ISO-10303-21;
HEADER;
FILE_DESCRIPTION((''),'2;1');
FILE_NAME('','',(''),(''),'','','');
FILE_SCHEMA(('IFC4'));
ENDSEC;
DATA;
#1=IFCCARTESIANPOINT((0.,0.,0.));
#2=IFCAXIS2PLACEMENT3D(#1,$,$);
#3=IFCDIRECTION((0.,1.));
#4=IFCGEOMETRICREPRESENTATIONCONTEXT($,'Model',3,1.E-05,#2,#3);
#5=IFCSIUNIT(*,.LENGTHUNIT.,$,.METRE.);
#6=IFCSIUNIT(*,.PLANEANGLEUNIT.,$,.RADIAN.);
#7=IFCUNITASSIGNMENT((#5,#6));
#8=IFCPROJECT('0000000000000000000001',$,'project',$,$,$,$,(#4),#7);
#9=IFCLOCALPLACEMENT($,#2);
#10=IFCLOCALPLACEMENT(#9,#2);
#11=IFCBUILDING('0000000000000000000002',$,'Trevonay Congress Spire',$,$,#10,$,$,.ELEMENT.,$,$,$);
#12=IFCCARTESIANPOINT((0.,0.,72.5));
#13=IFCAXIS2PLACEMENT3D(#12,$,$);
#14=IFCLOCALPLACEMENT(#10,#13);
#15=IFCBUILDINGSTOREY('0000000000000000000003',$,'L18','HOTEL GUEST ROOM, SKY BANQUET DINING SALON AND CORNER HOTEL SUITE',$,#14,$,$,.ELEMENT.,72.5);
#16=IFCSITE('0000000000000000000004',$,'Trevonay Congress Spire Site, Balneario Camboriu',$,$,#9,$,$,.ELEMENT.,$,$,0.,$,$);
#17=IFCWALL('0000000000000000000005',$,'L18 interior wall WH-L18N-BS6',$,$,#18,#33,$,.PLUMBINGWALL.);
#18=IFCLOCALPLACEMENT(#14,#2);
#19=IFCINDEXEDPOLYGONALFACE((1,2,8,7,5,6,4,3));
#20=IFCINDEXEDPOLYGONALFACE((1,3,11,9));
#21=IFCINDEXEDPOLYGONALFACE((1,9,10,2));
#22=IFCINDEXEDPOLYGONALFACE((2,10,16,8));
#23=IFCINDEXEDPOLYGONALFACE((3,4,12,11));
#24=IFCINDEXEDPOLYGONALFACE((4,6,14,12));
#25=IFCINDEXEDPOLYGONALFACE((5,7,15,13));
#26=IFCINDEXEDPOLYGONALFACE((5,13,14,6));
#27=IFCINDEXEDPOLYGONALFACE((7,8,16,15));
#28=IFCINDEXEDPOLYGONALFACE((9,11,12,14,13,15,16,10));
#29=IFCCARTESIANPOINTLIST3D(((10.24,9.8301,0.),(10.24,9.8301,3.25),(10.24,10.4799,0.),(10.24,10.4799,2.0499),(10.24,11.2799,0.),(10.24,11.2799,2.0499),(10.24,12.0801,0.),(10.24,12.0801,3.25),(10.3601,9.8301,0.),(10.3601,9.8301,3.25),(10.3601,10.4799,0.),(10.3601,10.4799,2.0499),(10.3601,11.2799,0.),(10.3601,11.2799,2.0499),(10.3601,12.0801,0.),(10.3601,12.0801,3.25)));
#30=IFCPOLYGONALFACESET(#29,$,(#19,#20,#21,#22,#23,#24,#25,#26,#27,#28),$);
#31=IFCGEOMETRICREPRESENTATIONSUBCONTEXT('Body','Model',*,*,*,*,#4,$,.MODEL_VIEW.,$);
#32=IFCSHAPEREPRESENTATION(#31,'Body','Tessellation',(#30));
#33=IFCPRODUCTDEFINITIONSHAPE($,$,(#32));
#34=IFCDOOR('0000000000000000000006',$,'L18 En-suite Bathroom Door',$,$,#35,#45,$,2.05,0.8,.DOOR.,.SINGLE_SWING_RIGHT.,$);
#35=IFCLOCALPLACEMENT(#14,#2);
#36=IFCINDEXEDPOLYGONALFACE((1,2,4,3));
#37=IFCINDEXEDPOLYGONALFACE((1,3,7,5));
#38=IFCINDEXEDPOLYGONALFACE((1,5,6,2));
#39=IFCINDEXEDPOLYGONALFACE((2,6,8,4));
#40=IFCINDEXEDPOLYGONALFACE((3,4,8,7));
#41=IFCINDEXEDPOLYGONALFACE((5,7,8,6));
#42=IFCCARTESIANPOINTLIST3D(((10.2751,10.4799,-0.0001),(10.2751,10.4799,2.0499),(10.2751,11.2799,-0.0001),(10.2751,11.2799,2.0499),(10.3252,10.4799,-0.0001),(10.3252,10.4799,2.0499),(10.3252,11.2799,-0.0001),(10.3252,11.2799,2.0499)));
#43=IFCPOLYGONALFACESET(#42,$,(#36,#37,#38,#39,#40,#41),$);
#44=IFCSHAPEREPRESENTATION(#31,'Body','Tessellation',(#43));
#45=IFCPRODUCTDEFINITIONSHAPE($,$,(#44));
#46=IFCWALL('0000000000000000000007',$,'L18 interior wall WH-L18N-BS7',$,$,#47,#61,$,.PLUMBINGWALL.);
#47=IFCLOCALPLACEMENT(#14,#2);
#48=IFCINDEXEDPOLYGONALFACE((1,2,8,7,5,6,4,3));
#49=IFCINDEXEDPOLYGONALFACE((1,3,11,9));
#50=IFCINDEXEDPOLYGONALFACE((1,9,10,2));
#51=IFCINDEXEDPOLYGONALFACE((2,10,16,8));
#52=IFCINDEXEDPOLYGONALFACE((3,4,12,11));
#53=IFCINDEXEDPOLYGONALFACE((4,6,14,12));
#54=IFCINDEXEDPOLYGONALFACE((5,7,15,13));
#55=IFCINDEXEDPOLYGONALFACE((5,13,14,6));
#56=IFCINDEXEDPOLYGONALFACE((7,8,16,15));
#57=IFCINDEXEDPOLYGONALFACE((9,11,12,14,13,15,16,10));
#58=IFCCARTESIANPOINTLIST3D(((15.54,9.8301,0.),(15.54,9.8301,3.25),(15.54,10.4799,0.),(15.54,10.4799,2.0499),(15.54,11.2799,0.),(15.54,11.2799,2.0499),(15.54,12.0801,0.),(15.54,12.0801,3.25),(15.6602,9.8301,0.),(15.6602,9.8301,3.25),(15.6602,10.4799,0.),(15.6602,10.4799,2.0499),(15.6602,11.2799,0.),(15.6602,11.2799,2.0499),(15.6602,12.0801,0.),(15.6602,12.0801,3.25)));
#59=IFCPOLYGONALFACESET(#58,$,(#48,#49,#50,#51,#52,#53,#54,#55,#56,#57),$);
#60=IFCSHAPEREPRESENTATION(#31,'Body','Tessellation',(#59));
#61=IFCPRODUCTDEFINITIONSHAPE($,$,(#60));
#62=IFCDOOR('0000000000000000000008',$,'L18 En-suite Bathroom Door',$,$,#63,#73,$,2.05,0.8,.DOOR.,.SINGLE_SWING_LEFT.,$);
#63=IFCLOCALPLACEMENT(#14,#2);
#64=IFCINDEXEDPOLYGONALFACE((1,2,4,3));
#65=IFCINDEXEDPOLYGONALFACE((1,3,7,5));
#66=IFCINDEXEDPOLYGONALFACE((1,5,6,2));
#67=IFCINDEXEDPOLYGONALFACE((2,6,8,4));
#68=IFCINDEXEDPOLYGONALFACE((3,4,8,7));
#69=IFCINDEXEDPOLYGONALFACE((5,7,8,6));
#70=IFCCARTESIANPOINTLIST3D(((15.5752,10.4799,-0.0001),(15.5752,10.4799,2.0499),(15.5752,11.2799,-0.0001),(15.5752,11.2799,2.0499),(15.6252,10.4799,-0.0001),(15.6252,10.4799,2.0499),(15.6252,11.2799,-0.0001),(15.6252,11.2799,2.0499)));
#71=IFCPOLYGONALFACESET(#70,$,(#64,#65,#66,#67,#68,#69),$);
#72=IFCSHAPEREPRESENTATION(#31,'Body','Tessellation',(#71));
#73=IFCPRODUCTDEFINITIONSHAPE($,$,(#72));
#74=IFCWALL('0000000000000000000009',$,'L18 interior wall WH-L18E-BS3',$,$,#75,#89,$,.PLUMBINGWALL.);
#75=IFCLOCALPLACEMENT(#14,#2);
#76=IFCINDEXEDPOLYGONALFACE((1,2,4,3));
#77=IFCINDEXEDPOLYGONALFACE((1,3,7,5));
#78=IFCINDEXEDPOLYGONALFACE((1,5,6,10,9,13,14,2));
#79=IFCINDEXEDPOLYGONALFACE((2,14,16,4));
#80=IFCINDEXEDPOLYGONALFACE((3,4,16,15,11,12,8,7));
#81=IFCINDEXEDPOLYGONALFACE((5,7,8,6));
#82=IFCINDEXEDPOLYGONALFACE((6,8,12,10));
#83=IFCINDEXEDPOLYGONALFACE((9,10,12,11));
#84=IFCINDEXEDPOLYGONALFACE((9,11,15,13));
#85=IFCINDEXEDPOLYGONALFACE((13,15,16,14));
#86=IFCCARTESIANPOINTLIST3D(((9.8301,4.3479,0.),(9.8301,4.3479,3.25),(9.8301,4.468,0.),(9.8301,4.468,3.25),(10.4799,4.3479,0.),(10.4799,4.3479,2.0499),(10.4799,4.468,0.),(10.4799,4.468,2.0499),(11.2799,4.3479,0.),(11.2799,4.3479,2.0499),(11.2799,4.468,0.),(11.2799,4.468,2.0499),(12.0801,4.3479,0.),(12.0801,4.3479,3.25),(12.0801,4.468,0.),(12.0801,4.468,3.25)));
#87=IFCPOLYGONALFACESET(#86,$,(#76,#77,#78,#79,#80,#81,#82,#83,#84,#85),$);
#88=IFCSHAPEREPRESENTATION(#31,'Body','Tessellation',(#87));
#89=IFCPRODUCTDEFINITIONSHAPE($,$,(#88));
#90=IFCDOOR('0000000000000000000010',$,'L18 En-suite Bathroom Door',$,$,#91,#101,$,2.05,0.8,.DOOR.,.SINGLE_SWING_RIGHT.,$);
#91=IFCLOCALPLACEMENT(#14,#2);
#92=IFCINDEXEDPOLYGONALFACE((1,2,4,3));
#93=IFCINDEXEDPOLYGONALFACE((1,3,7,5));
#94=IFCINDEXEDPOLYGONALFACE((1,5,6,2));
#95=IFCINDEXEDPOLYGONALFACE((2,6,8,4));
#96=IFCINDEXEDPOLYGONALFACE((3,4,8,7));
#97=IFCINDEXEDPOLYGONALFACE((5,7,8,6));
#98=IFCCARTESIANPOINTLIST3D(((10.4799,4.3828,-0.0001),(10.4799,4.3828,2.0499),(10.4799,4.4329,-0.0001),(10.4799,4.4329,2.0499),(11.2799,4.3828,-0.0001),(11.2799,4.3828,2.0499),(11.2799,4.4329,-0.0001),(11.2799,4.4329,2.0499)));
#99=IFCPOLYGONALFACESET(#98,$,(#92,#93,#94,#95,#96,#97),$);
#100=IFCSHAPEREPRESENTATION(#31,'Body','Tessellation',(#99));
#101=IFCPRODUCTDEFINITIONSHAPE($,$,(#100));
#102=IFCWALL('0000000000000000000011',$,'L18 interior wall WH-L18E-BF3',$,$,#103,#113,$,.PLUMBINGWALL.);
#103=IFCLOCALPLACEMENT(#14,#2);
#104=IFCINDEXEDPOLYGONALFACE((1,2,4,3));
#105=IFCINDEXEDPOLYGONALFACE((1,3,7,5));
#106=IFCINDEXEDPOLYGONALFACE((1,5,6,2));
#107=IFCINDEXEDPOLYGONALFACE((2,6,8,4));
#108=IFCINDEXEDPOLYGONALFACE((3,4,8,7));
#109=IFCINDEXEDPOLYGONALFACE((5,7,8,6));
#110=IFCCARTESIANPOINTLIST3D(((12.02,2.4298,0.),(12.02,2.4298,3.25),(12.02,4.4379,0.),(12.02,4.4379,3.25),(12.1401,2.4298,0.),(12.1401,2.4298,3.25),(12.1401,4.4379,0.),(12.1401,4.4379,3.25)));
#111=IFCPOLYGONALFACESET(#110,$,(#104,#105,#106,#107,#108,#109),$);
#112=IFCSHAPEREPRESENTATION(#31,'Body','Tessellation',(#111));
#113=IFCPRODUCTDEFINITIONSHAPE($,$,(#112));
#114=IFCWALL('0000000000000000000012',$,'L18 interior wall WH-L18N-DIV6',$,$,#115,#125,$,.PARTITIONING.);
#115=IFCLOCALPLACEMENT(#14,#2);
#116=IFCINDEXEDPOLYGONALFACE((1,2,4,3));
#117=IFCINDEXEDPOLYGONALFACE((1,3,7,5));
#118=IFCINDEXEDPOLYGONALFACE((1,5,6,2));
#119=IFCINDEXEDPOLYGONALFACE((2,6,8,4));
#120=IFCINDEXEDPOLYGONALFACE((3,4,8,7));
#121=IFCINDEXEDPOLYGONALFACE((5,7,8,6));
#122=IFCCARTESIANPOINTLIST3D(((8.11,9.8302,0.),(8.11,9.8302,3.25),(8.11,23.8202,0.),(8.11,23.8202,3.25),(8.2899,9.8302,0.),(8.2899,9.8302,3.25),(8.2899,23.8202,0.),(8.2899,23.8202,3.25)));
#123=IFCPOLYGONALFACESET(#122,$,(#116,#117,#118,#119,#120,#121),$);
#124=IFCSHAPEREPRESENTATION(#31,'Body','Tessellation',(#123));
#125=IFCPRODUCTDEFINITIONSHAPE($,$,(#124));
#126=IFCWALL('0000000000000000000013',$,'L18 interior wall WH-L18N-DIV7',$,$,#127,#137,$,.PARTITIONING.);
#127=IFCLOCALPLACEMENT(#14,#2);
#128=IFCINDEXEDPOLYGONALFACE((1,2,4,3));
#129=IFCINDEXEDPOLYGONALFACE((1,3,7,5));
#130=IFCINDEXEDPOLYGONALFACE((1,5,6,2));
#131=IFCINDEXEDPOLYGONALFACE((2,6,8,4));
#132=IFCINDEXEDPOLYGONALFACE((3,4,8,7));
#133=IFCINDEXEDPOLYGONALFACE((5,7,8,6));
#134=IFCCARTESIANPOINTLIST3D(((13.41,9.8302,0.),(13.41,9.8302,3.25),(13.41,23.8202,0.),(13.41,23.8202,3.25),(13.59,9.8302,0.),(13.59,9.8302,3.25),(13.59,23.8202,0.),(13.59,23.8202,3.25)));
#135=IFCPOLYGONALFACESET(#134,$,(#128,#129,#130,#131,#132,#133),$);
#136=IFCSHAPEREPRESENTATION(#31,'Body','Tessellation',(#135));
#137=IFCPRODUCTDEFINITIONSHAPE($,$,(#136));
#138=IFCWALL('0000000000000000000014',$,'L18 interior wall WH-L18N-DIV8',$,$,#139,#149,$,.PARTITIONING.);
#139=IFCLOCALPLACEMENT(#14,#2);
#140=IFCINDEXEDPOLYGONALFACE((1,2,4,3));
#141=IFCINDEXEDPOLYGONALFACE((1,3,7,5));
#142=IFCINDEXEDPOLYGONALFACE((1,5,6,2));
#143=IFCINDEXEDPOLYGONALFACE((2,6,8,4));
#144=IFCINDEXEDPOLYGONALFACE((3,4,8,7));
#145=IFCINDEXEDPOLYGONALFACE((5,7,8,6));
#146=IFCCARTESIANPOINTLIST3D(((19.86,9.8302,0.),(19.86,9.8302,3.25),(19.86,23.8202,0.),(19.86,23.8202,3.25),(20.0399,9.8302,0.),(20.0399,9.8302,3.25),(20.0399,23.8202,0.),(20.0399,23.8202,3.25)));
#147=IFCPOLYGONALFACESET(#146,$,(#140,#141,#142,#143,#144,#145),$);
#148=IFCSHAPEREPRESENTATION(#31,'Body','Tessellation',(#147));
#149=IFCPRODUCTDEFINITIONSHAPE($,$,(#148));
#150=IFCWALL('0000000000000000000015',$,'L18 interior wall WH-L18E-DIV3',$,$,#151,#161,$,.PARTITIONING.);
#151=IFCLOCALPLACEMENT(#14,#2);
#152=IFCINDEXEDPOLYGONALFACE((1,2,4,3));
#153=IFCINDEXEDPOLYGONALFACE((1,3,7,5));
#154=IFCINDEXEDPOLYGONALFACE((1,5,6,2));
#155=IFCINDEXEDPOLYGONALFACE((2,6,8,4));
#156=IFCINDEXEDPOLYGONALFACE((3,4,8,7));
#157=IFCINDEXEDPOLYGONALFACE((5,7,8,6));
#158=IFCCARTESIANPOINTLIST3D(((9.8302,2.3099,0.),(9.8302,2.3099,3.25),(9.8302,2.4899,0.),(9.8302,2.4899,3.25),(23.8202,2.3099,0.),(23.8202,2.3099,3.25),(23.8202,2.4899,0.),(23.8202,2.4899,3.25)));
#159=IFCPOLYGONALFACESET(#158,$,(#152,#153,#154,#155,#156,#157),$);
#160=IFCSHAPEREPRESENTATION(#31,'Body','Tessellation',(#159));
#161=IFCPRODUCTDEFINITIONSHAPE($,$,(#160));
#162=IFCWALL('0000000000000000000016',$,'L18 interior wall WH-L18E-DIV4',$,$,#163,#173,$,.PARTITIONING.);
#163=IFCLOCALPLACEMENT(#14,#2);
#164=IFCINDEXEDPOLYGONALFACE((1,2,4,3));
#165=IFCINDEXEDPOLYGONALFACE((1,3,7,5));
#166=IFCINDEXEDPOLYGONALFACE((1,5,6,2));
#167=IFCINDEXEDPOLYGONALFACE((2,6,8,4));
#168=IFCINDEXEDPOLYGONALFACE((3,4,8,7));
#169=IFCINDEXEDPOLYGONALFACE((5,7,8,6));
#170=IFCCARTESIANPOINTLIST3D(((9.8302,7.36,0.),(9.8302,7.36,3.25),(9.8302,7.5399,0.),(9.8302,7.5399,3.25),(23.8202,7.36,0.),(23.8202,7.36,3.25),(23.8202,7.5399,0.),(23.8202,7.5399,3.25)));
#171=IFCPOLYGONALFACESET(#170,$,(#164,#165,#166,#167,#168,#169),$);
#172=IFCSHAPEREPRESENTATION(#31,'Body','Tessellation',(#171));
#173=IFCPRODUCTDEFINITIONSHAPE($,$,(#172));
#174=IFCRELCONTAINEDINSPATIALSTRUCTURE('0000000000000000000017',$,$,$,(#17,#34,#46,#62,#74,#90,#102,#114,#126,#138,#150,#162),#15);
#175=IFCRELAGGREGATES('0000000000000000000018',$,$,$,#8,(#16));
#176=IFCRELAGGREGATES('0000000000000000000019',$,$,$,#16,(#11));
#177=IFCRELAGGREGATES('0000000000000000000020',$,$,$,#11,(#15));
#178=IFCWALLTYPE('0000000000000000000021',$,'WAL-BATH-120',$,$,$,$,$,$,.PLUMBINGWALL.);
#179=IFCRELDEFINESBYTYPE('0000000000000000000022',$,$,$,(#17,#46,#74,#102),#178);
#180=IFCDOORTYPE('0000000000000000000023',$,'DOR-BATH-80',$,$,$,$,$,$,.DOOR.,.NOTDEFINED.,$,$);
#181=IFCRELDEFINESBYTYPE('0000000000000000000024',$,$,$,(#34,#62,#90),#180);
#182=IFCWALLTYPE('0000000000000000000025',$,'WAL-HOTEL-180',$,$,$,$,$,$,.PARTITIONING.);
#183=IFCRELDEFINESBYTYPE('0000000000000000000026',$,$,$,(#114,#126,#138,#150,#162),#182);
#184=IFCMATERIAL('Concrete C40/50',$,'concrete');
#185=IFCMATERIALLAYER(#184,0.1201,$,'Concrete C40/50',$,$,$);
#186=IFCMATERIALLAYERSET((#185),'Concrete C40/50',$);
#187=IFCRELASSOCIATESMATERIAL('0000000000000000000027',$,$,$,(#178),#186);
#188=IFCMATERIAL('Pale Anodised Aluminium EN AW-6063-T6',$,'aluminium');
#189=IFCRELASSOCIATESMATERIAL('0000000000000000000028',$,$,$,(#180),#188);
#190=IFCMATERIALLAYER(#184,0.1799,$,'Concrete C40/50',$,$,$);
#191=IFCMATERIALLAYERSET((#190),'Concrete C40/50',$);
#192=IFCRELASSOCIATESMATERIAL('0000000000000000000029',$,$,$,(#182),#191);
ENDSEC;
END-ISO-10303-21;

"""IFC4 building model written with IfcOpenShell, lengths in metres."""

from ifc_helpers import new_model, si_unit, direction, frame, frame_2d, origin, place, context, subcontext, project, spatial, rectangle, extrude, material, layer, layer_set, type_object, element, fill, save


model = new_model("IFC4")

# Units and contexts
model_context = context("Model", 3, precision=1e-05, world=origin(), true_north=direction((0.0, 1.0)))
body_context = subcontext(model_context, "Body", "Model", "MODEL_VIEW")
ifc_project = project(units=[si_unit("LENGTHUNIT", "METRE"), si_unit("PLANEANGLEUNIT", "RADIAN")], contexts=[model_context])

# Site, building, storey
site_placement = place(None, origin())
site = spatial("IfcSite", under=ifc_project, at=site_placement, Name="Trevonay Congress Spire Site, Balneario Camboriu", CompositionType="ELEMENT", RefElevation=0.0)
building_placement = place(site_placement, origin())
building = spatial("IfcBuilding", under=site, at=building_placement, Name="Trevonay Congress Spire", CompositionType="ELEMENT")
storey_placement = place(building_placement, frame((0.0, 0.0, 72.5)))
storey = spatial("IfcBuildingStorey", under=building, at=storey_placement, Name="L18", Description="HOTEL GUEST ROOM, SKY BANQUET DINING SALON AND CORNER HOTEL SUITE", CompositionType="ELEMENT", Elevation=72.5)

# Shared definitions
ifc_material_1 = material(Name="Pale Anodised Aluminium EN AW-6063-T6", Category="aluminium")

# Walls, openings, doors
ifc_material_2 = material(Name="Concrete C40/50", Category="concrete")
ifc_layer_1 = layer(ifc_material_2, 0.1201, Name="Concrete C40/50")
ifc_layer_set_1 = layer_set([ifc_layer_1], Name="Concrete C40/50")
wall_type_1 = type_object("IfcWallType", Name="WAL-BATH-120", PredefinedType="PLUMBINGWALL", material=ifc_layer_set_1)
wall_1_placement = place(storey_placement, frame((10.3, 9.8301, 0.0), z_axis=(0.0, 0.0, 1.0), x_axis=(0.0, 1.0, 0.0)))
wall_1 = element("IfcWall", 1, at=wall_1_placement, inside=storey, type_object=wall_type_1, Name="L18 interior wall WH-L18N-BS6", PredefinedType="PLUMBINGWALL", context=body_context, shape_type="SweptSolid", body=[
    extrude(rectangle(XDim=2.25, YDim=0.1201, at=frame_2d((1.125, 0.0))), origin(), (0.0, 0.0, 1.0), 3.25),
])
opening_1_placement = place(wall_1_placement, frame((0.6499, 0.0, 0.0)))
opening_1 = element("IfcOpeningElement", 2, at=opening_1_placement, cuts=wall_1, PredefinedType="OPENING", context=body_context, shape_type="SweptSolid", body=[
    extrude(rectangle(XDim=0.8, YDim=2.05, at=frame_2d((0.3999, 1.0249))), frame((0.0, 0.0701, 0.0), z_axis=(0.0, -1.0, 0.0), x_axis=(1.0, 0.0, 0.0)), (0.0, 0.0, 1.0), 0.1401),
])
door_type = type_object("IfcDoorType", Name="DOR-BATH-80", OperationType="NOTDEFINED", PredefinedType="DOOR", material=ifc_material_1)
door_1_placement = place(opening_1_placement, origin())
door_1 = element("IfcDoor", 3, at=door_1_placement, inside=storey, type_object=door_type, Name="L18 En-suite Bathroom Door", OperationType="SINGLE_SWING_RIGHT", OverallHeight=2.05, OverallWidth=0.8, PredefinedType="DOOR", context=body_context, shape_type="SweptSolid", body=[
    extrude(rectangle(XDim=0.8, YDim=2.05, at=frame_2d((0.3999, 1.0249))), frame((0.0, 0.0249, 0.0), z_axis=(0.0, -1.0, 0.0), x_axis=(1.0, 0.0, 0.0)), (0.0, 0.0, 1.0), 0.05),
])
fill(opening_1, door_1)
wall_2_placement = place(storey_placement, frame((15.6001, 9.8301, 0.0), z_axis=(0.0, 0.0, 1.0), x_axis=(0.0, 1.0, 0.0)))
wall_2 = element("IfcWall", 4, at=wall_2_placement, inside=storey, type_object=wall_type_1, Name="L18 interior wall WH-L18N-BS7", PredefinedType="PLUMBINGWALL", context=body_context, shape_type="SweptSolid", body=[
    extrude(rectangle(XDim=2.25, YDim=0.1201, at=frame_2d((1.125, 0.0))), origin(), (0.0, 0.0, 1.0), 3.25),
])
opening_2_placement = place(wall_2_placement, frame((0.6499, 0.0, 0.0)))
opening_2 = element("IfcOpeningElement", 5, at=opening_2_placement, cuts=wall_2, PredefinedType="OPENING", context=body_context, shape_type="SweptSolid", body=[
    extrude(rectangle(XDim=0.8, YDim=2.05, at=frame_2d((0.3999, 1.0249))), frame((0.0, 0.0701, 0.0), z_axis=(0.0, -1.0, 0.0), x_axis=(1.0, 0.0, 0.0)), (0.0, 0.0, 1.0), 0.1401),
])
door_2_placement = place(opening_2_placement, origin())
door_2 = element("IfcDoor", 6, at=door_2_placement, inside=storey, type_object=door_type, Name="L18 En-suite Bathroom Door", OperationType="SINGLE_SWING_LEFT", OverallHeight=2.05, OverallWidth=0.8, PredefinedType="DOOR", context=body_context, shape_type="SweptSolid", body=[
    extrude(rectangle(XDim=0.8, YDim=2.05, at=frame_2d((0.3999, 1.0249))), frame((0.0, 0.0249, 0.0), z_axis=(0.0, -1.0, 0.0), x_axis=(1.0, 0.0, 0.0)), (0.0, 0.0, 1.0), 0.05),
])
fill(opening_2, door_2)
wall_3_placement = place(storey_placement, frame((9.8301, 4.408, 0.0), z_axis=(0.0, 0.0, 1.0), x_axis=(1.0, 0.0, 0.0)))
wall_3 = element("IfcWall", 7, at=wall_3_placement, inside=storey, type_object=wall_type_1, Name="L18 interior wall WH-L18E-BS3", PredefinedType="PLUMBINGWALL", context=body_context, shape_type="SweptSolid", body=[
    extrude(rectangle(XDim=2.25, YDim=0.1201, at=frame_2d((1.125, 0.0))), origin(), (0.0, 0.0, 1.0), 3.25),
])
opening_3_placement = place(wall_3_placement, frame((0.6499, 0.0, 0.0)))
opening_3 = element("IfcOpeningElement", 8, at=opening_3_placement, cuts=wall_3, PredefinedType="OPENING", context=body_context, shape_type="SweptSolid", body=[
    extrude(rectangle(XDim=0.8, YDim=2.05, at=frame_2d((0.3999, 1.0249))), frame((0.0, 0.0701, 0.0), z_axis=(0.0, -1.0, 0.0), x_axis=(1.0, 0.0, 0.0)), (0.0, 0.0, 1.0), 0.1401),
])
door_3_placement = place(opening_3_placement, origin())
door_3 = element("IfcDoor", 9, at=door_3_placement, inside=storey, type_object=door_type, Name="L18 En-suite Bathroom Door", OperationType="SINGLE_SWING_RIGHT", OverallHeight=2.05, OverallWidth=0.8, PredefinedType="DOOR", context=body_context, shape_type="SweptSolid", body=[
    extrude(rectangle(XDim=0.8, YDim=2.05, at=frame_2d((0.3999, 1.0249))), frame((0.0, 0.0249, 0.0), z_axis=(0.0, -1.0, 0.0), x_axis=(1.0, 0.0, 0.0)), (0.0, 0.0, 1.0), 0.05),
])
fill(opening_3, door_3)

# Walls
wall_4_placement = place(storey_placement, frame((12.0801, 2.4299, 0.0), z_axis=(0.0, 0.0, 1.0), x_axis=(0.0, 1.0, 0.0)))
element("IfcWall", 10, at=wall_4_placement, inside=storey, type_object=wall_type_1, Name="L18 interior wall WH-L18E-BF3", PredefinedType="PLUMBINGWALL", context=body_context, shape_type="SweptSolid", body=[
    extrude(rectangle(XDim=2.0081, YDim=0.1201, at=frame_2d((1.0039, 0.0))), origin(), (0.0, 0.0, 1.0), 3.25),
])
ifc_layer_2 = layer(ifc_material_2, 0.1799, Name="Concrete C40/50")
ifc_layer_set_2 = layer_set([ifc_layer_2], Name="Concrete C40/50")
wall_type_2 = type_object("IfcWallType", Name="WAL-HOTEL-180", PredefinedType="PARTITIONING", material=ifc_layer_set_2)
for number, where, z_axis, x_axis, name in (
    (11, (8.2, 9.8301, 0.0), (0.0, 0.0, 1.0), (0.0, 1.0, 0.0), "L18 interior wall WH-L18N-DIV6"),
    (12, (13.5, 9.8301, 0.0), (0.0, 0.0, 1.0), (0.0, 1.0, 0.0), "L18 interior wall WH-L18N-DIV7"),
    (13, (19.95, 9.8301, 0.0), (0.0, 0.0, 1.0), (0.0, 1.0, 0.0), "L18 interior wall WH-L18N-DIV8"),
    (14, (9.8301, 2.3999, 0.0), (0.0, 0.0, 1.0), (1.0, 0.0, 0.0), "L18 interior wall WH-L18E-DIV3"),
    (15, (9.8301, 7.45, 0.0), (0.0, 0.0, 1.0), (1.0, 0.0, 0.0), "L18 interior wall WH-L18E-DIV4"),
):
    element("IfcWall", number, at=place(storey_placement, frame(where, z_axis=z_axis, x_axis=x_axis)), inside=storey, type_object=wall_type_2, Name=name, PredefinedType="PARTITIONING", context=body_context, shape_type="SweptSolid", body=[
        extrude(rectangle(XDim=13.99, YDim=0.1799, at=frame_2d((6.9951, 0.0))), origin(), (0.0, 0.0, 1.0), 3.25),
    ])

save(model, "model.ifc")
